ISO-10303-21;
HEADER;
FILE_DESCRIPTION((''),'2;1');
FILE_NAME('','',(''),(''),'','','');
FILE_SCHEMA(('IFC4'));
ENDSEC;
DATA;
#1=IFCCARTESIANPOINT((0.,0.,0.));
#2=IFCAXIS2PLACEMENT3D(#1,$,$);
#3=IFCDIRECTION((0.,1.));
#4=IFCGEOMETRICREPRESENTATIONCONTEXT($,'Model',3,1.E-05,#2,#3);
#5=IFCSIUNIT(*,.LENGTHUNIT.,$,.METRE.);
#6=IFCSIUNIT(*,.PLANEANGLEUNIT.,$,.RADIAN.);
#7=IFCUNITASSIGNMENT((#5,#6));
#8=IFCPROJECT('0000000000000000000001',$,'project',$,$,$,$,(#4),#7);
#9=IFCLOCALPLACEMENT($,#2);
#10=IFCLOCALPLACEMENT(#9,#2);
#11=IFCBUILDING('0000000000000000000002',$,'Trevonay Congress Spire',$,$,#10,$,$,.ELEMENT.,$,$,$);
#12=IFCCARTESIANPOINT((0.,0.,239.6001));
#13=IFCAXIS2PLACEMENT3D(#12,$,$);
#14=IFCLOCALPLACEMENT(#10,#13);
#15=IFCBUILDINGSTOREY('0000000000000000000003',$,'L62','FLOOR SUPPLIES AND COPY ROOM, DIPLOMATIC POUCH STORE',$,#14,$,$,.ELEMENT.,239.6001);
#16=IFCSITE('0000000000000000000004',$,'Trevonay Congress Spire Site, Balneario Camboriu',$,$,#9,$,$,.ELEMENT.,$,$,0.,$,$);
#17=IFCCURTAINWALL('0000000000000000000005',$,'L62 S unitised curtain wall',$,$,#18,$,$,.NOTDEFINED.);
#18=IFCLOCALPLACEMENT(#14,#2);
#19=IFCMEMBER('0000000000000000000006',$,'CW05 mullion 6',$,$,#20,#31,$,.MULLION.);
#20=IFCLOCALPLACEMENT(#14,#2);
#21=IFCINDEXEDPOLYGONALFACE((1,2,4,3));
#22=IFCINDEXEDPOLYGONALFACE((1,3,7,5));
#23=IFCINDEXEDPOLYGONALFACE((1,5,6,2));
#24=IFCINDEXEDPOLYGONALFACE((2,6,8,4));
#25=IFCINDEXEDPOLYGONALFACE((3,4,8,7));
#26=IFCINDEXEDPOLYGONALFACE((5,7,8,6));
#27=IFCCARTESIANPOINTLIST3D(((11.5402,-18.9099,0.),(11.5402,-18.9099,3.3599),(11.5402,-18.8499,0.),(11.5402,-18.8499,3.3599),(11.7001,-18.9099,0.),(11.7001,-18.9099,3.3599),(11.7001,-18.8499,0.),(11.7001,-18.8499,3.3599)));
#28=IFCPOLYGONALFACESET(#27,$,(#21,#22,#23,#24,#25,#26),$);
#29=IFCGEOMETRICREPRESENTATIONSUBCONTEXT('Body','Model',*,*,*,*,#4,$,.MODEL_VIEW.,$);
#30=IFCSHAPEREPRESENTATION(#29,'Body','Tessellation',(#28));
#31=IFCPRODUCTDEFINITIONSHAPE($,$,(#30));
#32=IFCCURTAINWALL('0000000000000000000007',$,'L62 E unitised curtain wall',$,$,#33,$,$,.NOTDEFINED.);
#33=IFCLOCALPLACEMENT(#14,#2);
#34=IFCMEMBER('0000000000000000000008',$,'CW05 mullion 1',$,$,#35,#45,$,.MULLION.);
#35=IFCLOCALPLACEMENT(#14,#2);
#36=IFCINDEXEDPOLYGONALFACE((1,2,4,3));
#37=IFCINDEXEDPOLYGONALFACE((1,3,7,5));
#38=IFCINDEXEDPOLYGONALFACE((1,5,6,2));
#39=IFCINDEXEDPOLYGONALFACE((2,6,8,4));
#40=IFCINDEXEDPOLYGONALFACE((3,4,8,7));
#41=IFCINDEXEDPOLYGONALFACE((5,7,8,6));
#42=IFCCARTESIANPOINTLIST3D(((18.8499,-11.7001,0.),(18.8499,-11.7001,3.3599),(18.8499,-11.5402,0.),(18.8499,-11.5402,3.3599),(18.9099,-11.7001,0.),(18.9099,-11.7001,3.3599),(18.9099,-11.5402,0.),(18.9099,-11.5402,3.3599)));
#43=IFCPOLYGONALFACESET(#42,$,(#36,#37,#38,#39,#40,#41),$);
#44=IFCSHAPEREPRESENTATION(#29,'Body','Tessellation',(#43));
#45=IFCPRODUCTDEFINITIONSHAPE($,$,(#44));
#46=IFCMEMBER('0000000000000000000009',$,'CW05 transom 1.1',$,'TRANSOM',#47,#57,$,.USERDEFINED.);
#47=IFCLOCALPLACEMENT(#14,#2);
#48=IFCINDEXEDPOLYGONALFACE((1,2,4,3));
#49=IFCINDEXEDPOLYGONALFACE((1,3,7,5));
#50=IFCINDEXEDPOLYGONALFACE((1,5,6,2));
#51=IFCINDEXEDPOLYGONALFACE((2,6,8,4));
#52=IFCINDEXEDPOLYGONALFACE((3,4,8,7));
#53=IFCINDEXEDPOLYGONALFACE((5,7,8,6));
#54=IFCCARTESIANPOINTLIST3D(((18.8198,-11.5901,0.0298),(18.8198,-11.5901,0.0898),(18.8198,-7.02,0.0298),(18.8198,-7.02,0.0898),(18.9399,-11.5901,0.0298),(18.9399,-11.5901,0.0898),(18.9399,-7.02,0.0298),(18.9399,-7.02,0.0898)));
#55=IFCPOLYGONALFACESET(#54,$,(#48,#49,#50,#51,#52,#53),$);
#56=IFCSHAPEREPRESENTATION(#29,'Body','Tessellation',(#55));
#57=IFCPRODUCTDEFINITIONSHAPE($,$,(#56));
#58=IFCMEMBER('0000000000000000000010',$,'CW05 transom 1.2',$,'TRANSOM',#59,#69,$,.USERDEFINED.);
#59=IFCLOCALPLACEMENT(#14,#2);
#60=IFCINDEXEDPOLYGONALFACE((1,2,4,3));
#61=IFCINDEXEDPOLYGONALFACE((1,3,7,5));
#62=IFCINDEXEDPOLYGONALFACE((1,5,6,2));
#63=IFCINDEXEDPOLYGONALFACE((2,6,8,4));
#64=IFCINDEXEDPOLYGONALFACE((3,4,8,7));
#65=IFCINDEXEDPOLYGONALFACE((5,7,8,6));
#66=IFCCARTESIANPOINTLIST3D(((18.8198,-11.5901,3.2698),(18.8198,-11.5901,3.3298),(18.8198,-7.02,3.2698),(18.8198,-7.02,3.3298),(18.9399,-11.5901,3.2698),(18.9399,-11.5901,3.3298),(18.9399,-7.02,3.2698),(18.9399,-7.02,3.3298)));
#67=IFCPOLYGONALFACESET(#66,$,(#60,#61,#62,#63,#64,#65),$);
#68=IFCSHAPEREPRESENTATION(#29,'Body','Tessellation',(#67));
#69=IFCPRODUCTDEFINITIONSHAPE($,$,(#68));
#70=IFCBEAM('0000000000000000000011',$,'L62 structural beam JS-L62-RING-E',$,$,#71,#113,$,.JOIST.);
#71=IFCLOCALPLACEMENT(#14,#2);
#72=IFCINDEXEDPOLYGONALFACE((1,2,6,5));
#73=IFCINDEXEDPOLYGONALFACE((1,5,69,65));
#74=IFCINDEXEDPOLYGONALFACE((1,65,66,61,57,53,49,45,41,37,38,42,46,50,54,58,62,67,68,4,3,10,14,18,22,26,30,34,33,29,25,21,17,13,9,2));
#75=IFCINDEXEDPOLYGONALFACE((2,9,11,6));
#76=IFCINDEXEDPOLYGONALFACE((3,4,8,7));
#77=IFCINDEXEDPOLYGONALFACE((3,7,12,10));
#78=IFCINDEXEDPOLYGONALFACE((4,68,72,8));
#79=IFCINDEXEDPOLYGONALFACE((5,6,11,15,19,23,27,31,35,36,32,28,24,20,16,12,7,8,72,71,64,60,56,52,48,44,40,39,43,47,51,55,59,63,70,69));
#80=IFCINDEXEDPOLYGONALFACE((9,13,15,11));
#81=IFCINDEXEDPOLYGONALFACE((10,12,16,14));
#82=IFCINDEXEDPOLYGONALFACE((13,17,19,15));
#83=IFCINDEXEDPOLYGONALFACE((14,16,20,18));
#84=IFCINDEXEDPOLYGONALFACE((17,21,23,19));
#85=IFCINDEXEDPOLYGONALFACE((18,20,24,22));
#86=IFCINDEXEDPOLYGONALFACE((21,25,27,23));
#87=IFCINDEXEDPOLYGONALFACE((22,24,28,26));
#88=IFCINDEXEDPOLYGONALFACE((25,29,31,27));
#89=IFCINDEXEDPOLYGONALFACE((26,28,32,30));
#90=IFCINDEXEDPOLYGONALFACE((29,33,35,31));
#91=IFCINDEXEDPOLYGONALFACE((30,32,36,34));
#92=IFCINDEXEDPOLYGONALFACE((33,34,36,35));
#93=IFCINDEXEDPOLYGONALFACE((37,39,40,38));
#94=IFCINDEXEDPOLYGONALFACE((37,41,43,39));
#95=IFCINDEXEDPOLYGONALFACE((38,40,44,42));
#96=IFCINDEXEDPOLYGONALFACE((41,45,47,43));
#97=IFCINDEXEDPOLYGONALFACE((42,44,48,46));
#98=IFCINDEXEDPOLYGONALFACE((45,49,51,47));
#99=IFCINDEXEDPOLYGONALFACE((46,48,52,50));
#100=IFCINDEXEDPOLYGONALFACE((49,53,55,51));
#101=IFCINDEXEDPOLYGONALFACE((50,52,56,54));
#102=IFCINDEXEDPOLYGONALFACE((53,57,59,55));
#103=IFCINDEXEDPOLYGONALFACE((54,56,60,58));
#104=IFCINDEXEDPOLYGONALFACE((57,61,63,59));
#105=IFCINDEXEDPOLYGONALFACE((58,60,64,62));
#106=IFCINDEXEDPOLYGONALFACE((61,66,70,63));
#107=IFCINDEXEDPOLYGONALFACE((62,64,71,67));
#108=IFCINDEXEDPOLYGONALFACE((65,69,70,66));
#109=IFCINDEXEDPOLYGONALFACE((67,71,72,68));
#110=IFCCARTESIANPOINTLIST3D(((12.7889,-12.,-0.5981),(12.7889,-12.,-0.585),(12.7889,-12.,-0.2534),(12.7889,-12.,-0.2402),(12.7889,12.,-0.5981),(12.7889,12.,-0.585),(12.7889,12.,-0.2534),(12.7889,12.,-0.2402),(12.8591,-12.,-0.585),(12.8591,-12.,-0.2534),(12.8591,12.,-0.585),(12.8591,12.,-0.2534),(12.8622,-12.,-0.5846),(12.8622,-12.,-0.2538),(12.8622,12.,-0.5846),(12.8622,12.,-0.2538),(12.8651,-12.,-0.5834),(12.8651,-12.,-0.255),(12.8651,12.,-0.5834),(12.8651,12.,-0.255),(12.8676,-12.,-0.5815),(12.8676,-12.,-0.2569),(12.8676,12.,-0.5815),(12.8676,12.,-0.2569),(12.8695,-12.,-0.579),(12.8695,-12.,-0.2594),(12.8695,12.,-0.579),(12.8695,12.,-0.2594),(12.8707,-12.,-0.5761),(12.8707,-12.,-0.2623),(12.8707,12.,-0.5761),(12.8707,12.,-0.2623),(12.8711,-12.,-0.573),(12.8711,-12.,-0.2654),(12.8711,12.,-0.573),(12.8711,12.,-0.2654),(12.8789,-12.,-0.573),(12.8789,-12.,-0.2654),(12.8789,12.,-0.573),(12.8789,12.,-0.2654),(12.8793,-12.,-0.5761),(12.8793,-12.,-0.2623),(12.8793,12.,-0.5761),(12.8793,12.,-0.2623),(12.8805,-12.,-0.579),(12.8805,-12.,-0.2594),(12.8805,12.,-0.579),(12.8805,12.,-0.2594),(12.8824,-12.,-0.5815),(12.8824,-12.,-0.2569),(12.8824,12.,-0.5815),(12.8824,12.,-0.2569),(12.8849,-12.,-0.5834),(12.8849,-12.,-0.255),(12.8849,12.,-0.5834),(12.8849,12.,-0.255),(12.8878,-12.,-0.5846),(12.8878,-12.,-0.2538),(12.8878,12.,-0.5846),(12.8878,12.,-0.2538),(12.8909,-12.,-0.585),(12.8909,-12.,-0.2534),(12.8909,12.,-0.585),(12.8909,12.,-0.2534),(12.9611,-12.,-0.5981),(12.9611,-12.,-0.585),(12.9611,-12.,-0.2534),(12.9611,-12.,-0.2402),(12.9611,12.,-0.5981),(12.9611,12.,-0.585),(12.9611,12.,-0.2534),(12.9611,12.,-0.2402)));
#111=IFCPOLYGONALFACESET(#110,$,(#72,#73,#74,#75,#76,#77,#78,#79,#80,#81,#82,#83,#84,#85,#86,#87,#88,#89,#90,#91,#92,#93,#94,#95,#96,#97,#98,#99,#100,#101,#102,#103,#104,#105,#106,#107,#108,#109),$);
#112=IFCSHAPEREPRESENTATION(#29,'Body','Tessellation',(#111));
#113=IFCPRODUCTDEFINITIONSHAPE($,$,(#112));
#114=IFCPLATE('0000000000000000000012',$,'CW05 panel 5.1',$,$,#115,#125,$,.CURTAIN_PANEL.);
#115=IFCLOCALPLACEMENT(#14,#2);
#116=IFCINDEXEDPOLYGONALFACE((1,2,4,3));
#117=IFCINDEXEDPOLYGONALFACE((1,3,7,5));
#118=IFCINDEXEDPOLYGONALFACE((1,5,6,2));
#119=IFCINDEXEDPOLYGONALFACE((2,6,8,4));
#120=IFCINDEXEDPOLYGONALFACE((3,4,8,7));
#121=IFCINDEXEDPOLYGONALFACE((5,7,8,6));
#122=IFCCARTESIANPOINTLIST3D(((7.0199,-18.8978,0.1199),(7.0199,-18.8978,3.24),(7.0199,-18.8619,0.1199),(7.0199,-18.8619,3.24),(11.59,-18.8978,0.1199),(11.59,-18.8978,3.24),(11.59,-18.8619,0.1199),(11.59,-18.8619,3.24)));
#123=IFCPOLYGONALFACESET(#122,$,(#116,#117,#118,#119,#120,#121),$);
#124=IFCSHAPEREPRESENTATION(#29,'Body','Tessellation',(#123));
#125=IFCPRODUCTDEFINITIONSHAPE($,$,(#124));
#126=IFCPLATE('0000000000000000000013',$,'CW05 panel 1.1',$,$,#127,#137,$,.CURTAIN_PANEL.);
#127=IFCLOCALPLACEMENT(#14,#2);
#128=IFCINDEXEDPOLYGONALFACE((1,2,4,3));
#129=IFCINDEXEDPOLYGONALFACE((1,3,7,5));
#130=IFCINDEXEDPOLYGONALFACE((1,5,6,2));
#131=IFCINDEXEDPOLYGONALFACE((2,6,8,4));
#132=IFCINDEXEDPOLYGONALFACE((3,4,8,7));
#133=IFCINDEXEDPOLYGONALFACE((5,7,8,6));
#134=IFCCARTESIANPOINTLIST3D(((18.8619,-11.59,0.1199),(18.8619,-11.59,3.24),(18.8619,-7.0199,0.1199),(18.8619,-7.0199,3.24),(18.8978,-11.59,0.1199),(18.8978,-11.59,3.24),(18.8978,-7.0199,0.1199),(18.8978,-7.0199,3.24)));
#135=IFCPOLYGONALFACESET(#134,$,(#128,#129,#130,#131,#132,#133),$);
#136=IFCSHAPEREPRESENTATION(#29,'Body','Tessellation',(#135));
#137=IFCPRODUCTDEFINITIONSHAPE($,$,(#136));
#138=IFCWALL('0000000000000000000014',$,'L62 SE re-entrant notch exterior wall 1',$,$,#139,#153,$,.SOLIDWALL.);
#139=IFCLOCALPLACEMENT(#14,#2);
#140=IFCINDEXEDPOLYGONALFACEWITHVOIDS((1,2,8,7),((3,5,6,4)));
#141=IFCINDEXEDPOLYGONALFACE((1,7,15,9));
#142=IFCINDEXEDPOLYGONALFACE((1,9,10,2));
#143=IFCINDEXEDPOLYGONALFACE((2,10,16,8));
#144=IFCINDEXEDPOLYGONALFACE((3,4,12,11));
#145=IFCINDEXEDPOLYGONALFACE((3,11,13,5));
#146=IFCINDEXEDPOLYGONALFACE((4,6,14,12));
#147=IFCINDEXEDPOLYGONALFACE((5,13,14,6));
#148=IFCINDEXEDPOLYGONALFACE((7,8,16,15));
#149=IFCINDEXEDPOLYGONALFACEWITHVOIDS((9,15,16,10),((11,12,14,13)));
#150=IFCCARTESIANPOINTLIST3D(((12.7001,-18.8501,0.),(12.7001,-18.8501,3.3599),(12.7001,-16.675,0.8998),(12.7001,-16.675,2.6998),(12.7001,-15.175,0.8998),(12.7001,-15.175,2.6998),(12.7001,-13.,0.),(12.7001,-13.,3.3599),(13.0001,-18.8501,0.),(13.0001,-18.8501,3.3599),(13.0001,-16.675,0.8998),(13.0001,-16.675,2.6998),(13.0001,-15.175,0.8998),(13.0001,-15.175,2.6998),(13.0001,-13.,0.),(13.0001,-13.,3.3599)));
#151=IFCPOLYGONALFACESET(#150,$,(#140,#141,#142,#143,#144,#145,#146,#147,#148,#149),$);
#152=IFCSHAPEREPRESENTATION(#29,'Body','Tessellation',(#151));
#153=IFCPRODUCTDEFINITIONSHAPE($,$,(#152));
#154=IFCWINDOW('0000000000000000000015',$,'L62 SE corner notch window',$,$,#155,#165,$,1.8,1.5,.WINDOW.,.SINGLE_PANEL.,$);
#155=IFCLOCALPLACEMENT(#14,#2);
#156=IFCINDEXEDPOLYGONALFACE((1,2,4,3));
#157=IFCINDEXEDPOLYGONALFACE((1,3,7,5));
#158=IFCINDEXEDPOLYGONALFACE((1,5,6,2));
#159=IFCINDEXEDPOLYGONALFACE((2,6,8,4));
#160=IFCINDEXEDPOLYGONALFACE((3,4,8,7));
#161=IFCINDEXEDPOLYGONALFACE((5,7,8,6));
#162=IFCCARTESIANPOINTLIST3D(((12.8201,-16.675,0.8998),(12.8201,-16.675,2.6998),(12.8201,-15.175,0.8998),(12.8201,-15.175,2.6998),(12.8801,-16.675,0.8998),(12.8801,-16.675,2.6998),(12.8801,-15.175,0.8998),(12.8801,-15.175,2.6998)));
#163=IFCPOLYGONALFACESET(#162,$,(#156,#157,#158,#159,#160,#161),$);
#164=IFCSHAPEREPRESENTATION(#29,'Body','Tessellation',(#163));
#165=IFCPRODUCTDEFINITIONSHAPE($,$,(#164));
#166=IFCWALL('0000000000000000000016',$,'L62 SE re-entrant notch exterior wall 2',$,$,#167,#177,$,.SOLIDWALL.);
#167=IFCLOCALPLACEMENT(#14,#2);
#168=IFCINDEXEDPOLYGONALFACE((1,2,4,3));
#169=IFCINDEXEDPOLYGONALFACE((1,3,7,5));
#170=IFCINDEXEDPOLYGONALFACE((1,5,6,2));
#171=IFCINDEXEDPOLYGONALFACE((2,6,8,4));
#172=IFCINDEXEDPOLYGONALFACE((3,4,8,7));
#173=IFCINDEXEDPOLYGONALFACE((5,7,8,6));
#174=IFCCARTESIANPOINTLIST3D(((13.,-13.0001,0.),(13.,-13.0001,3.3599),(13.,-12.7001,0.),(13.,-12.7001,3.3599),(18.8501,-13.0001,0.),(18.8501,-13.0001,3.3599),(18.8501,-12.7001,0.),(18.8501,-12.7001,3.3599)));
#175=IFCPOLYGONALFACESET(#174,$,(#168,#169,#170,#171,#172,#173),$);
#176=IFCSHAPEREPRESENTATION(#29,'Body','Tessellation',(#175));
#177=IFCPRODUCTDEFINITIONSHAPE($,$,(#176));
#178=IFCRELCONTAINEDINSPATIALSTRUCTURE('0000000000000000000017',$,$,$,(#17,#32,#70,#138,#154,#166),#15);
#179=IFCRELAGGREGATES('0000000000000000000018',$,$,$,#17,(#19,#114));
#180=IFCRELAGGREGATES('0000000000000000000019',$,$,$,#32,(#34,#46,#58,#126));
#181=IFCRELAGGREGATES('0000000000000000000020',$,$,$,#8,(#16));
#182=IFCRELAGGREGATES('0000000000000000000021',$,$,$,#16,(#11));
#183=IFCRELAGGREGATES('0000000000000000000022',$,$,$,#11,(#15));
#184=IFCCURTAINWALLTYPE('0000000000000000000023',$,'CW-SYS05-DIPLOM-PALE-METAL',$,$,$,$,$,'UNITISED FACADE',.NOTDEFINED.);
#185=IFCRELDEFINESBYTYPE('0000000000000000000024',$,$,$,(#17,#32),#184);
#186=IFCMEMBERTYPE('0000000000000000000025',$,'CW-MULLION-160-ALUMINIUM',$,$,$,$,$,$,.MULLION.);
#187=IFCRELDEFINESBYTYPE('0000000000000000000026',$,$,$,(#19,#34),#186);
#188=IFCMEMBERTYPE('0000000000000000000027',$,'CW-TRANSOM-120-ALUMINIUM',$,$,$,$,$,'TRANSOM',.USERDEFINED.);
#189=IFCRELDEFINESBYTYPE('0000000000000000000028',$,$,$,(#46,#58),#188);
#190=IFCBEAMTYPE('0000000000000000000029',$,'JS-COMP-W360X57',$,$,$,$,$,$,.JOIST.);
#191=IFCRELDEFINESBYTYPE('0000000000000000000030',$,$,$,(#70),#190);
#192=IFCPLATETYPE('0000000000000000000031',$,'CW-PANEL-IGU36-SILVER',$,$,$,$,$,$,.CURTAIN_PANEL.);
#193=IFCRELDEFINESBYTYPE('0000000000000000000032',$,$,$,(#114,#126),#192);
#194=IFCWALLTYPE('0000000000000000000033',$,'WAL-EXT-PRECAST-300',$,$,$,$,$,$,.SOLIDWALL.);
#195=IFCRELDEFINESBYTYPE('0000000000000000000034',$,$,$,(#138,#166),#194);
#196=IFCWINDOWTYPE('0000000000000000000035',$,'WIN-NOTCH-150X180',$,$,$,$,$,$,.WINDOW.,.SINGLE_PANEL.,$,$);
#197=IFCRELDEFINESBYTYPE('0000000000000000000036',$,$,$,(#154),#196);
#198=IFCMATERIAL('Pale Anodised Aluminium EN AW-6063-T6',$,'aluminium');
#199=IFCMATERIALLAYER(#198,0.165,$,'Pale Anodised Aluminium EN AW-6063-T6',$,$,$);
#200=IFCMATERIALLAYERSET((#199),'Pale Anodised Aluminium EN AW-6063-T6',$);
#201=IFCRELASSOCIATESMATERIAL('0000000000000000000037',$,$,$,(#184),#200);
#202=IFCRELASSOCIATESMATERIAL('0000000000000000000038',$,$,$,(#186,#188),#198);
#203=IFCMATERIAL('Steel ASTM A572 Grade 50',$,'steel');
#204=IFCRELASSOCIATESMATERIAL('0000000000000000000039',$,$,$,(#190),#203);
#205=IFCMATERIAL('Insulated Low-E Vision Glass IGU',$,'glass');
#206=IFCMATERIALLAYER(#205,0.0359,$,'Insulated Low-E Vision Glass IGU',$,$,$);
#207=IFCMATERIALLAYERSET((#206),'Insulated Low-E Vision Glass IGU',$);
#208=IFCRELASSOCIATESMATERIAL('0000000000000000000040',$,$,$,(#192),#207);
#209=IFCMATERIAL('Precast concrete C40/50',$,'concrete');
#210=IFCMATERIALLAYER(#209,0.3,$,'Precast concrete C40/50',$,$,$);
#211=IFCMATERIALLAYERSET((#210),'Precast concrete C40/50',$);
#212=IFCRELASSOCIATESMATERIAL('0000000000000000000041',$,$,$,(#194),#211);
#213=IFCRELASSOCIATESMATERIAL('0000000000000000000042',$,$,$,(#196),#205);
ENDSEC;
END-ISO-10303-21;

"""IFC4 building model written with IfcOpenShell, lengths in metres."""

from ifc_helpers import new_model, si_unit, direction, frame, frame_2d, origin, origin_2d, place, context, subcontext, project, spatial, rectangle, i_section, extrude, material, layer, layer_set, material_profile, profile_set, type_object, element, fill, aggregate, save


model = new_model("IFC4")

# Units and contexts
model_context = context("Model", 3, precision=1e-05, world=origin(), true_north=direction((0.0, 1.0)))
body_context = subcontext(model_context, "Body", "Model", "MODEL_VIEW")
ifc_project = project(units=[si_unit("LENGTHUNIT", "METRE"), si_unit("PLANEANGLEUNIT", "RADIAN")], contexts=[model_context])

# Site, building, storey
site_placement = place(None, origin())
site = spatial("IfcSite", under=ifc_project, at=site_placement, Name="Trevonay Congress Spire Site, Balneario Camboriu", CompositionType="ELEMENT", RefElevation=0.0)
building_placement = place(site_placement, origin())
building = spatial("IfcBuilding", under=site, at=building_placement, Name="Trevonay Congress Spire", CompositionType="ELEMENT")
storey_placement = place(building_placement, frame((0.0, 0.0, 239.6001)))
storey = spatial("IfcBuildingStorey", under=building, at=storey_placement, Name="L62", Description="FLOOR SUPPLIES AND COPY ROOM, DIPLOMATIC POUCH STORE", CompositionType="ELEMENT", Elevation=239.6001)

# Shared definitions
ifc_material_1 = material(Name="Steel ASTM A572 Grade 50", Category="steel")

# Curtain wall, member
ifc_material_2 = material(Name="Pale Anodised Aluminium EN AW-6063-T6", Category="aluminium")
ifc_layer_1 = layer(ifc_material_2, 0.165, Name="Pale Anodised Aluminium EN AW-6063-T6")
ifc_layer_set_1 = layer_set([ifc_layer_1], Name="Pale Anodised Aluminium EN AW-6063-T6")
curtain_wall_type = type_object("IfcCurtainWallType", Name="CW-SYS05-DIPLOM-PALE-METAL", ElementType="UNITISED FACADE", PredefinedType="NOTDEFINED", material=ifc_layer_set_1)
curtain_wall_1_placement = place(storey_placement, origin())
curtain_wall_1 = element("IfcCurtainWall", 1, at=curtain_wall_1_placement, inside=storey, type_object=curtain_wall_type, Name="L62 S unitised curtain wall", PredefinedType="NOTDEFINED")
ifc_material_profile_1 = material_profile(ifc_material_2, rectangle(XDim=0.0601, YDim=0.1599, at=origin_2d()), Name="CW-MULLION-160-ALUMINIUM")
ifc_profile_set_1 = profile_set([ifc_material_profile_1], Name="Pale Anodised Aluminium EN AW-6063-T6")
member_type_1 = type_object("IfcMemberType", Name="CW-MULLION-160-ALUMINIUM", PredefinedType="MULLION", material=ifc_profile_set_1)
member_1_placement = place(storey_placement, frame((11.6201, -18.8799, 0.0), z_axis=(0.0, 0.0, 1.0), x_axis=(0.0, 1.0, 0.0)))
member_1 = element("IfcMember", 2, at=member_1_placement, type_object=member_type_1, Name="CW05 mullion 6", PredefinedType="MULLION", context=body_context, shape_type="SweptSolid", body=[
    extrude(rectangle(XDim=0.0601, YDim=0.1599, at=origin_2d()), origin(), (0.0, 0.0, 1.0), 3.3599),
])

# Curtain wall, members
curtain_wall_2_placement = place(storey_placement, origin())
curtain_wall_2 = element("IfcCurtainWall", 3, at=curtain_wall_2_placement, inside=storey, type_object=curtain_wall_type, Name="L62 E unitised curtain wall", PredefinedType="NOTDEFINED")
member_2_placement = place(storey_placement, frame((18.8799, -11.6201, 0.0), z_axis=(0.0, 0.0, 1.0), x_axis=(-1.0, 0.0, 0.0)))
member_2 = element("IfcMember", 4, at=member_2_placement, type_object=member_type_1, Name="CW05 mullion 1", PredefinedType="MULLION", context=body_context, shape_type="SweptSolid", body=[
    extrude(rectangle(XDim=0.0601, YDim=0.1599, at=origin_2d()), origin(), (0.0, 0.0, 1.0), 3.3599),
])
ifc_material_profile_2 = material_profile(ifc_material_2, rectangle(XDim=0.1201, YDim=0.0601, at=origin_2d()), Name="CW-TRANSOM-120-ALUMINIUM")
ifc_profile_set_2 = profile_set([ifc_material_profile_2], Name="Pale Anodised Aluminium EN AW-6063-T6")
member_type_2 = type_object("IfcMemberType", Name="CW-TRANSOM-120-ALUMINIUM", ElementType="TRANSOM", PredefinedType="USERDEFINED", material=ifc_profile_set_2)
member_3_placement = place(storey_placement, frame((18.8799, -11.5901, 0.0598), z_axis=(0.0, 1.0, 0.0), x_axis=(-1.0, 0.0, 0.0)))
member_3 = element("IfcMember", 5, at=member_3_placement, type_object=member_type_2, Name="CW05 transom 1.1", ObjectType="TRANSOM", PredefinedType="USERDEFINED", context=body_context, shape_type="SweptSolid", body=[
    extrude(rectangle(XDim=0.1201, YDim=0.0601, at=origin_2d()), origin(), (0.0, 0.0, 1.0), 4.5701),
])
member_4_placement = place(storey_placement, frame((18.8799, -11.5901, 3.2998), z_axis=(0.0, 1.0, 0.0), x_axis=(-1.0, 0.0, 0.0)))
member_4 = element("IfcMember", 6, at=member_4_placement, type_object=member_type_2, Name="CW05 transom 1.2", ObjectType="TRANSOM", PredefinedType="USERDEFINED", context=body_context, shape_type="SweptSolid", body=[
    extrude(rectangle(XDim=0.1201, YDim=0.0601, at=origin_2d()), origin(), (0.0, 0.0, 1.0), 4.5701),
])

# Beam
ifc_material_profile_3 = material_profile(ifc_material_1, i_section(OverallWidth=0.1721, OverallDepth=0.3579, WebThickness=0.0078, FlangeThickness=0.0132, FilletRadius=0.012, at=origin_2d()), Name="W360x57.8")
ifc_profile_set_3 = profile_set([ifc_material_profile_3], Name="Steel ASTM A572 Grade 50")
beam_type_1 = type_object("IfcBeamType", Name="JS-COMP-W360X57", PredefinedType="JOIST", material=ifc_profile_set_3)
beam_1_placement = place(storey_placement, frame((12.875, -12.0, -0.4192), z_axis=(0.0, 1.0, 0.0), x_axis=(-1.0, 0.0, 0.0)))
element("IfcBeam", 7, at=beam_1_placement, inside=storey, type_object=beam_type_1, Name="L62 structural beam JS-L62-RING-E", PredefinedType="JOIST", context=body_context, shape_type="SweptSolid", body=[
    extrude(i_section(OverallWidth=0.1721, OverallDepth=0.3579, WebThickness=0.0078, FlangeThickness=0.0132, FilletRadius=0.012, at=origin_2d()), origin(), (0.0, 0.0, 1.0), 24.0),
])

# Plates
ifc_material_3 = material(Name="Insulated Low-E Vision Glass IGU", Category="glass")
ifc_layer_2 = layer(ifc_material_3, 0.0359, Name="Insulated Low-E Vision Glass IGU")
ifc_layer_set_2 = layer_set([ifc_layer_2], Name="Insulated Low-E Vision Glass IGU")
plate_type = type_object("IfcPlateType", Name="CW-PANEL-IGU36-SILVER", PredefinedType="CURTAIN_PANEL", material=ifc_layer_set_2)
plate_1_placement = place(storey_placement, frame((9.3049, -18.8799, 0.1199), z_axis=(0.0, 0.0, 1.0), x_axis=(1.0, 0.0, 0.0)))
plate_1 = element("IfcPlate", 8, at=plate_1_placement, type_object=plate_type, Name="CW05 panel 5.1", PredefinedType="CURTAIN_PANEL", context=body_context, shape_type="SweptSolid", body=[
    extrude(rectangle(XDim=4.5701, YDim=0.0359, at=origin_2d()), origin(), (0.0, 0.0, 1.0), 3.1201),
])
aggregate(curtain_wall_1, [member_1, plate_1])
plate_2_placement = place(storey_placement, frame((18.8799, -9.3049, 0.1199), z_axis=(0.0, 0.0, 1.0), x_axis=(0.0, 1.0, 0.0)))
plate_2 = element("IfcPlate", 9, at=plate_2_placement, type_object=plate_type, Name="CW05 panel 1.1", PredefinedType="CURTAIN_PANEL", context=body_context, shape_type="SweptSolid", body=[
    extrude(rectangle(XDim=4.5701, YDim=0.0359, at=origin_2d()), origin(), (0.0, 0.0, 1.0), 3.1201),
])
aggregate(curtain_wall_2, [member_2, member_3, member_4, plate_2])

# Wall, opening, window
ifc_material_4 = material(Name="Precast concrete C40/50", Category="concrete")
ifc_layer_3 = layer(ifc_material_4, 0.3, Name="Precast concrete C40/50")
ifc_layer_set_3 = layer_set([ifc_layer_3], Name="Precast concrete C40/50")
wall_type_1 = type_object("IfcWallType", Name="WAL-EXT-PRECAST-300", PredefinedType="SOLIDWALL", material=ifc_layer_set_3)
wall_1_placement = place(storey_placement, frame((12.8501, -18.8501, 0.0), z_axis=(0.0, 0.0, 1.0), x_axis=(0.0, 1.0, 0.0)))
wall_1 = element("IfcWall", 10, at=wall_1_placement, inside=storey, type_object=wall_type_1, Name="L62 SE re-entrant notch exterior wall 1", PredefinedType="SOLIDWALL", context=body_context, shape_type="SweptSolid", body=[
    extrude(rectangle(XDim=5.8501, YDim=0.3, at=frame_2d((2.925, 0.0))), origin(), (0.0, 0.0, 1.0), 3.3599),
])
opening_placement = place(wall_1_placement, frame((2.175, 0.0, 0.8999)))
opening = element("IfcOpeningElement", 11, at=opening_placement, cuts=wall_1, PredefinedType="OPENING", context=body_context, shape_type="SweptSolid", body=[
    extrude(rectangle(XDim=1.5, YDim=1.8, at=frame_2d((0.75, 0.8999))), frame((0.0, 0.1602, 0.0), z_axis=(0.0, -1.0, 0.0), x_axis=(1.0, 0.0, 0.0)), (0.0, 0.0, 1.0), 0.3201),
])
window_type = type_object("IfcWindowType", Name="WIN-NOTCH-150X180", PartitioningType="SINGLE_PANEL", PredefinedType="WINDOW", material=ifc_material_3)
window_placement = place(opening_placement, origin())
window = element("IfcWindow", 12, at=window_placement, inside=storey, type_object=window_type, Name="L62 SE corner notch window", OverallHeight=1.8, OverallWidth=1.5, PartitioningType="SINGLE_PANEL", PredefinedType="WINDOW", context=body_context, shape_type="SweptSolid", body=[
    extrude(rectangle(XDim=1.5, YDim=1.8, at=frame_2d((0.75, 0.8999))), frame((0.0, 0.03, 0.0), z_axis=(0.0, -1.0, 0.0), x_axis=(1.0, 0.0, 0.0)), (0.0, 0.0, 1.0), 0.0601),
])
fill(opening, window)

# Wall
wall_2_placement = place(storey_placement, frame((18.8501, -12.8501, 0.0), z_axis=(0.0, 0.0, 1.0), x_axis=(-1.0, 0.0, 0.0)))
element("IfcWall", 13, at=wall_2_placement, inside=storey, type_object=wall_type_1, Name="L62 SE re-entrant notch exterior wall 2", PredefinedType="SOLIDWALL", context=body_context, shape_type="SweptSolid", body=[
    extrude(rectangle(XDim=5.8501, YDim=0.3, at=frame_2d((2.925, 0.0))), origin(), (0.0, 0.0, 1.0), 3.3599),
])

save(model, "model.ifc")
